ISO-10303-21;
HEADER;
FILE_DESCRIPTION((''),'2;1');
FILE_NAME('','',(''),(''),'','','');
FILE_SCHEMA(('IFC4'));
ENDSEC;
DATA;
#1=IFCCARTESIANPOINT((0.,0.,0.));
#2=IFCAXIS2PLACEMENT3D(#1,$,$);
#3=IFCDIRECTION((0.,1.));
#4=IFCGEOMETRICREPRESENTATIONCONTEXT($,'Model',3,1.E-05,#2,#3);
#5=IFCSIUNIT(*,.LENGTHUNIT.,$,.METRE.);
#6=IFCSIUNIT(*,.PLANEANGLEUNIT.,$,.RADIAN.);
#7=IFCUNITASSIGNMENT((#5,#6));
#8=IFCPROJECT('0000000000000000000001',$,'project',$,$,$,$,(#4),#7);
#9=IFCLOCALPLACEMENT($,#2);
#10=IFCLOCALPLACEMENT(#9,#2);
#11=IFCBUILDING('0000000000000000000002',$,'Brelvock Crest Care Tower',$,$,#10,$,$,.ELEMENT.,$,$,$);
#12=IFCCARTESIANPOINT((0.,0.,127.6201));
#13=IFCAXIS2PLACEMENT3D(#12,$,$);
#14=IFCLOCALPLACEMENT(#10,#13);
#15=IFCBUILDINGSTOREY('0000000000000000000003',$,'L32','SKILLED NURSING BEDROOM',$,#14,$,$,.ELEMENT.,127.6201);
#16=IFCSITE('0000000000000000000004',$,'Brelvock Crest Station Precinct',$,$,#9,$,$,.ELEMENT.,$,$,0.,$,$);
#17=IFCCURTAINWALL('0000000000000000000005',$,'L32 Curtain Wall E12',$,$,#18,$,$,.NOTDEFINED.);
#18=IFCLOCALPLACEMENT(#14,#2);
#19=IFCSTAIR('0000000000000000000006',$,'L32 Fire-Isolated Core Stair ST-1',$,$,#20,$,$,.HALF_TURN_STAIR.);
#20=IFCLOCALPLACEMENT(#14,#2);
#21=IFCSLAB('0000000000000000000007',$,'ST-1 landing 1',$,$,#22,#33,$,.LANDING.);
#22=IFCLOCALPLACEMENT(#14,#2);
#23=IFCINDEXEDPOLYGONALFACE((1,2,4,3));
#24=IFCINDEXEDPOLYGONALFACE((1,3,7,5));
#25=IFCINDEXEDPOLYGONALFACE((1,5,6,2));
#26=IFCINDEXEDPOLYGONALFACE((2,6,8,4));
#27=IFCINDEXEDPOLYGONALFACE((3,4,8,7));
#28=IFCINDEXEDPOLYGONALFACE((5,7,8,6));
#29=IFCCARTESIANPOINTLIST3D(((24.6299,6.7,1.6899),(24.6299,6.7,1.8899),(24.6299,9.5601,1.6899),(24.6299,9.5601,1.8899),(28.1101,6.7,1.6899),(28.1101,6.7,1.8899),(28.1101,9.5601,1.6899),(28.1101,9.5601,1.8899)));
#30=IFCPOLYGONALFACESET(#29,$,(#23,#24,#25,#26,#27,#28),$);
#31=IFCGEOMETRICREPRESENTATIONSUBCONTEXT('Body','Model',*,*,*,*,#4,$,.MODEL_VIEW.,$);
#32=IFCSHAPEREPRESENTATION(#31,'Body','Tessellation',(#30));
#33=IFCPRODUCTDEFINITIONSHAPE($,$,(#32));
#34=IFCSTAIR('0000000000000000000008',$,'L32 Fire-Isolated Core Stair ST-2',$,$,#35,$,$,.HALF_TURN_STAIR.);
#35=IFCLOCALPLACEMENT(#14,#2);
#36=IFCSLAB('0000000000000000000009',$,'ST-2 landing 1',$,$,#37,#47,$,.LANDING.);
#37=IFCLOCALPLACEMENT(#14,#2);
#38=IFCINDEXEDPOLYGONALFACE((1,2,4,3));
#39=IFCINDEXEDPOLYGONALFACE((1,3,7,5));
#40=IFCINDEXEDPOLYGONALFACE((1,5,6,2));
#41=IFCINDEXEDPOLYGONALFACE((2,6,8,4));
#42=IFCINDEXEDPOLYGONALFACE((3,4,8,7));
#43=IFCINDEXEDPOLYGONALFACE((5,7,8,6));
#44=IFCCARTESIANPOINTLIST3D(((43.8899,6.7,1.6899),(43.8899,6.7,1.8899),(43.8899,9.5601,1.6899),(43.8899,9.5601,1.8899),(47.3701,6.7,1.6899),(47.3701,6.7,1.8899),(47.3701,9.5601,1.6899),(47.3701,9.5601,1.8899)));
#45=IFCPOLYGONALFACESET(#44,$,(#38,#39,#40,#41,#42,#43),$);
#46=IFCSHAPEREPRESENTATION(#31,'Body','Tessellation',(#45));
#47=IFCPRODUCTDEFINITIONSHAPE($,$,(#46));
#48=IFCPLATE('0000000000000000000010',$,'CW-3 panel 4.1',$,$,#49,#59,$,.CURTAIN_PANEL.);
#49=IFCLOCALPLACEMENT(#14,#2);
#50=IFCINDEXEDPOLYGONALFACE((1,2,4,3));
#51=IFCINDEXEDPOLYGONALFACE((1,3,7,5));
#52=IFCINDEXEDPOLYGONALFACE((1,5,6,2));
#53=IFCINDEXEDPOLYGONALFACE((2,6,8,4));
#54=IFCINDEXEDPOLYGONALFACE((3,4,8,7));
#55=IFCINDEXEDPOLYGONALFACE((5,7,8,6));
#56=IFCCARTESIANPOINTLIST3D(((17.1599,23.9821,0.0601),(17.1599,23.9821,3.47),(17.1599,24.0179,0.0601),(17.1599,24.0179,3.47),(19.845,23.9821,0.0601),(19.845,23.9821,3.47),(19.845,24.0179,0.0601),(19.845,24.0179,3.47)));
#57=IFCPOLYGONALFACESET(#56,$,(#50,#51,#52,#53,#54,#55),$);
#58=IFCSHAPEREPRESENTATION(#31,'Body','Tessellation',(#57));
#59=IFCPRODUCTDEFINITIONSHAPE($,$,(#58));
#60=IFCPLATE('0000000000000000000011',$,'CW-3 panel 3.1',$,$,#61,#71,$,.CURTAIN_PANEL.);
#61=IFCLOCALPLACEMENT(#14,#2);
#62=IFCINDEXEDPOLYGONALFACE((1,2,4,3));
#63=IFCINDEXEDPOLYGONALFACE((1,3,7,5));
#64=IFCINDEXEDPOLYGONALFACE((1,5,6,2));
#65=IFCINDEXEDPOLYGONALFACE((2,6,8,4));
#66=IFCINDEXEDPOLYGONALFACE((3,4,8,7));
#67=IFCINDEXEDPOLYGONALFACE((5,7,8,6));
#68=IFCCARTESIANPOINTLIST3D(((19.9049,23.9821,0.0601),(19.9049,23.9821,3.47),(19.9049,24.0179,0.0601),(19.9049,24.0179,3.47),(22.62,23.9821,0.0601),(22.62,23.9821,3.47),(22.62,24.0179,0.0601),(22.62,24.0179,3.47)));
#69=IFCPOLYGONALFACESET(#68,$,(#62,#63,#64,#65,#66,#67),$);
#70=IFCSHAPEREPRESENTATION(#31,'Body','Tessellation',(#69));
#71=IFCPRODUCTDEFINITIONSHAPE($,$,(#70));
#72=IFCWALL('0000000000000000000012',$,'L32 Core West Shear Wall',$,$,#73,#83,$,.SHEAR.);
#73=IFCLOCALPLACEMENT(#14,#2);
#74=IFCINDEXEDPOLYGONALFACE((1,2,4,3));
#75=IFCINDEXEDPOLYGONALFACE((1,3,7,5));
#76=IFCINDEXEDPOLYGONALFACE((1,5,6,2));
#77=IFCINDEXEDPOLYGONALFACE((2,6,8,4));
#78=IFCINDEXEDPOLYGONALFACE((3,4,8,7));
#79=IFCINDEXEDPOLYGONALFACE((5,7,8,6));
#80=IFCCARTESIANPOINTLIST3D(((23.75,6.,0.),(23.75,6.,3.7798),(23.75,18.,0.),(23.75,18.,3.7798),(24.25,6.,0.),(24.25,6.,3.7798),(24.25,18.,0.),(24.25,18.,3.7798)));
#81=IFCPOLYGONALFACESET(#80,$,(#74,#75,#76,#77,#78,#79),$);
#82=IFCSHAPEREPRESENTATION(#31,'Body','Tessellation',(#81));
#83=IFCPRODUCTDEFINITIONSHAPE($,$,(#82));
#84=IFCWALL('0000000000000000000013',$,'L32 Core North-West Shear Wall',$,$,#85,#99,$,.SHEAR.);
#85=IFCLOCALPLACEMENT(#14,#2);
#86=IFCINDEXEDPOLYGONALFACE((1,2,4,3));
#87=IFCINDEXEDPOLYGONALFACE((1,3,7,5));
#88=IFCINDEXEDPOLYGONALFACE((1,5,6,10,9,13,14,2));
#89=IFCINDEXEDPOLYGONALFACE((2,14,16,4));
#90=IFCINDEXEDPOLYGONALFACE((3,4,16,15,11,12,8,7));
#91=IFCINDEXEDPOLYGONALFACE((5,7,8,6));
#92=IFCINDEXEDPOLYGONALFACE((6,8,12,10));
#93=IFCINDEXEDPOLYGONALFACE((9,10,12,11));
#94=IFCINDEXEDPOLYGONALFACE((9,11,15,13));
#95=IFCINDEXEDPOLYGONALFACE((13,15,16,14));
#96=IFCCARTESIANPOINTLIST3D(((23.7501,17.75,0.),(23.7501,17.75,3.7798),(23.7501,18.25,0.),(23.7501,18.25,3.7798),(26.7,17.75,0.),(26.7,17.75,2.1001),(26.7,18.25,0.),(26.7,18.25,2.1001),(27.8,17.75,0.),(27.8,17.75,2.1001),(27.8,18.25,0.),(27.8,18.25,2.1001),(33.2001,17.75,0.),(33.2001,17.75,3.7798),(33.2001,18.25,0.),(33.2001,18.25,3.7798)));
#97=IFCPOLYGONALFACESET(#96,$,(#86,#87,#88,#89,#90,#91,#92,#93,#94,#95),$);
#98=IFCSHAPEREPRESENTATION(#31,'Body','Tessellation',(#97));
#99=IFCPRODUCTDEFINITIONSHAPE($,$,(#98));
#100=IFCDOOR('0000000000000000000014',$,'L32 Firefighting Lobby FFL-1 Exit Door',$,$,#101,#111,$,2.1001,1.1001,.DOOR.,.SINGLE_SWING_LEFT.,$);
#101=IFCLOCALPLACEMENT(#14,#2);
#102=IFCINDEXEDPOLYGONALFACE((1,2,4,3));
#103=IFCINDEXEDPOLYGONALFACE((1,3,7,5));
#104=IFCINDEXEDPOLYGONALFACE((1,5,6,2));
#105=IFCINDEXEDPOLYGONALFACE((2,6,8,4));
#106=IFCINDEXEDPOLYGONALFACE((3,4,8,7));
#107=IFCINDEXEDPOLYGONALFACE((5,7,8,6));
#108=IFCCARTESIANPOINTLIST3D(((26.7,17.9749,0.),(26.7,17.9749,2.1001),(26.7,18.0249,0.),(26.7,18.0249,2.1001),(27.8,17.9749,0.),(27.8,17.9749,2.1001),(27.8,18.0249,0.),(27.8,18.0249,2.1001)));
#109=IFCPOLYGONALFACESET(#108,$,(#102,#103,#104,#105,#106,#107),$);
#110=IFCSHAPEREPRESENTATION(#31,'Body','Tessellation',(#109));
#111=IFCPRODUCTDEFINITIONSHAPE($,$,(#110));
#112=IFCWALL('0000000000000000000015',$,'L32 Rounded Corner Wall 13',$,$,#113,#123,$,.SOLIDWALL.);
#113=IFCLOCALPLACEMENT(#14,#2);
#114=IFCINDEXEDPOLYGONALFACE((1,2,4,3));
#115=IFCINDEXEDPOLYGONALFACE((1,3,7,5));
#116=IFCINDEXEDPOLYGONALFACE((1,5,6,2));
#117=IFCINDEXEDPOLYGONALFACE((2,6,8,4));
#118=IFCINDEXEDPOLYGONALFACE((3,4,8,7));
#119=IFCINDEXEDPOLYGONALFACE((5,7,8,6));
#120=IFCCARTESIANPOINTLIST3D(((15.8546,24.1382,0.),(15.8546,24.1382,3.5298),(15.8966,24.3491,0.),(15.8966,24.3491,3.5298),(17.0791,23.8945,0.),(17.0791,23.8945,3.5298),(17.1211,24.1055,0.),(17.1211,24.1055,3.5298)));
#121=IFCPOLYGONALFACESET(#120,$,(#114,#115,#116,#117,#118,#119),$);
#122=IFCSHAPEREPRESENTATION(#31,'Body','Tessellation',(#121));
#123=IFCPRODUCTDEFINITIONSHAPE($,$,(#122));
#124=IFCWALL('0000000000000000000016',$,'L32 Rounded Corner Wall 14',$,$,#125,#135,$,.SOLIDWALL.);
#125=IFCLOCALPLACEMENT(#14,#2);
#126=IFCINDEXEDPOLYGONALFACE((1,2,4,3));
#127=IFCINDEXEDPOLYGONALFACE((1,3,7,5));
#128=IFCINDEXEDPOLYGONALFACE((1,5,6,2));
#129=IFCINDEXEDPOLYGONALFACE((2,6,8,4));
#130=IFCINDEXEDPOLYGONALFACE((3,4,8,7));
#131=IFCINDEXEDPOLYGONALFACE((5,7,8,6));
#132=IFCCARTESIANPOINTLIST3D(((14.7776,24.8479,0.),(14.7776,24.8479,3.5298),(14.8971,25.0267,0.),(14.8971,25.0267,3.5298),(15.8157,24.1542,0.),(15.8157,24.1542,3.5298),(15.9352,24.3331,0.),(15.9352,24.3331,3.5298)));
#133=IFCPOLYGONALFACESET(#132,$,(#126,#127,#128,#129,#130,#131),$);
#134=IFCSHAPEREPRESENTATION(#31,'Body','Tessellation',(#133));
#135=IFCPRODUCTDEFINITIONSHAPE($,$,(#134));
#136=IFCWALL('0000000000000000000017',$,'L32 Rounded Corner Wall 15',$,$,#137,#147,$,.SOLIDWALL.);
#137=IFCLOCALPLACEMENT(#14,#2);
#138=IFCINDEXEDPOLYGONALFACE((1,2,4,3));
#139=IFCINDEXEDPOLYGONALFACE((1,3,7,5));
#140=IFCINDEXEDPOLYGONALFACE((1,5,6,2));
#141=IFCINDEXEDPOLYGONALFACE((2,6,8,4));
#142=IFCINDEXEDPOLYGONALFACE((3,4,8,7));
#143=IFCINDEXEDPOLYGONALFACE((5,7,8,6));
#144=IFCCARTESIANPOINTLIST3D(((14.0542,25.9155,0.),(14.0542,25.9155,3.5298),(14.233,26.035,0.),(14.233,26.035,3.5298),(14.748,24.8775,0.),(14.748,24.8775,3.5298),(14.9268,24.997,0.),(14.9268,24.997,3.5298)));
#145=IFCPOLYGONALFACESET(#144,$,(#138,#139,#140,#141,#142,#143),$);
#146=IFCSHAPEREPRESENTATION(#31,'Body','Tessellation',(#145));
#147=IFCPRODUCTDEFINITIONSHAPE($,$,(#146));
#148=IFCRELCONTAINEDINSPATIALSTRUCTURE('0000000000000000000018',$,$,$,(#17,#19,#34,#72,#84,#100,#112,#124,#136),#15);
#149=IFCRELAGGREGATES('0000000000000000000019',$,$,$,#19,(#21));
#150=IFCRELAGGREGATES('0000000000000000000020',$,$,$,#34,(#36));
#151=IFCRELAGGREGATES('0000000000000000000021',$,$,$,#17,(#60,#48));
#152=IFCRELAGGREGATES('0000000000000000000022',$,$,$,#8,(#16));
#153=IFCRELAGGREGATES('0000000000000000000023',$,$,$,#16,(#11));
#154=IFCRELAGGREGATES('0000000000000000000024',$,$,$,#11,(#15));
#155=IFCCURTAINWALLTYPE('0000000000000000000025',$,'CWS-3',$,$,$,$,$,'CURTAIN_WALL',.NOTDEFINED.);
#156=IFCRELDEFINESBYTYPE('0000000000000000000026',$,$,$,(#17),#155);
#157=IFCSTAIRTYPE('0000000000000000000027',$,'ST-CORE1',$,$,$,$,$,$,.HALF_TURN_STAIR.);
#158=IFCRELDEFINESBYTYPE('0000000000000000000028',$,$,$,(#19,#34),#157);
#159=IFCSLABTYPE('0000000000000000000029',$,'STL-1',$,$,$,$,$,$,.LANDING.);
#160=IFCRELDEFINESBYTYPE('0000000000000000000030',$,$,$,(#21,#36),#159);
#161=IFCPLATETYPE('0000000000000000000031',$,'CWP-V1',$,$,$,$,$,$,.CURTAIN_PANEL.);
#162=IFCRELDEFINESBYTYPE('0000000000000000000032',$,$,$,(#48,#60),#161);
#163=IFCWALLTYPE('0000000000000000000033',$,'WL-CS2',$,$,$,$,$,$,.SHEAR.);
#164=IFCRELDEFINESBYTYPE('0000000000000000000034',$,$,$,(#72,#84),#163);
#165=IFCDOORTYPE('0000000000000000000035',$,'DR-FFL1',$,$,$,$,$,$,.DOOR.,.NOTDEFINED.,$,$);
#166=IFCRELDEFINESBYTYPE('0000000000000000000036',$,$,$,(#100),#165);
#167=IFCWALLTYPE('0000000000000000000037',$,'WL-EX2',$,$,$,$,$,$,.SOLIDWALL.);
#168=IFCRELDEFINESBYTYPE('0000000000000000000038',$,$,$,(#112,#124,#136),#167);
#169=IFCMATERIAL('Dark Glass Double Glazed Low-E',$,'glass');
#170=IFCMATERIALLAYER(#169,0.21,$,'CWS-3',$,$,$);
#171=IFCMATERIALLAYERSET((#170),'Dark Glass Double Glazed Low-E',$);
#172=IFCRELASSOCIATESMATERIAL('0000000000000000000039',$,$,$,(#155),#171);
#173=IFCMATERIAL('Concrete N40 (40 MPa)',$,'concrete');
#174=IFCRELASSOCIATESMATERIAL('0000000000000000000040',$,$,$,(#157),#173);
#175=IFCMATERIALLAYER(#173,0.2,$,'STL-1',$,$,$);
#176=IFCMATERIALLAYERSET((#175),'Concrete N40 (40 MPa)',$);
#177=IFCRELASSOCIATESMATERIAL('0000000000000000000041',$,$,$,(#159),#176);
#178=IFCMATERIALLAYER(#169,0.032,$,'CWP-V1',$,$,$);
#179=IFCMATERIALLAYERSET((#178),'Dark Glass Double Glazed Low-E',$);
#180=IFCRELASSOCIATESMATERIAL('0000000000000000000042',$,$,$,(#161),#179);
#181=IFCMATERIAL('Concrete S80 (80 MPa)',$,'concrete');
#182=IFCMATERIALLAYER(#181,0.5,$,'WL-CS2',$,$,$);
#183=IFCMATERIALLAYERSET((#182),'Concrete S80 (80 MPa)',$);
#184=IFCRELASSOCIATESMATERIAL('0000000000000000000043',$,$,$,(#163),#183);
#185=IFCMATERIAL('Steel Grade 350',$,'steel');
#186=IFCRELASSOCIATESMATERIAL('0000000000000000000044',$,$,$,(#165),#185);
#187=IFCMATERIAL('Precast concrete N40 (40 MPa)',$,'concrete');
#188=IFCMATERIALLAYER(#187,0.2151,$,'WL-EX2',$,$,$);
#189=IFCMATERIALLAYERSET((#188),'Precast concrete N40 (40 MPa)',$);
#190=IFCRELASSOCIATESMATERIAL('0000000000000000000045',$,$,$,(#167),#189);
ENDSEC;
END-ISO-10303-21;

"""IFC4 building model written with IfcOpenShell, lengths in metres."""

from ifc_helpers import new_model, si_unit, direction, frame, frame_2d, origin, origin_2d, place, context, subcontext, project, spatial, polyline, rectangle, outline, extrude, source, transform, mapped, material, layer, layer_set, type_object, element, fill, aggregate, save


model = new_model("IFC4")

# Units and contexts
model_context = context("Model", 3, precision=1e-05, world=origin(), true_north=direction((0.0, 1.0)))
body_context = subcontext(model_context, "Body", "Model", "MODEL_VIEW")
ifc_project = project(units=[si_unit("LENGTHUNIT", "METRE"), si_unit("PLANEANGLEUNIT", "RADIAN")], contexts=[model_context])

# Site, building, storey
site_placement = place(None, origin())
site = spatial("IfcSite", under=ifc_project, at=site_placement, Name="Brelvock Crest Station Precinct", CompositionType="ELEMENT", RefElevation=0.0)
building_placement = place(site_placement, origin())
building = spatial("IfcBuilding", under=site, at=building_placement, Name="Brelvock Crest Care Tower", CompositionType="ELEMENT")
storey_placement = place(building_placement, frame((0.0, 0.0, 127.6201)))
storey = spatial("IfcBuildingStorey", under=building, at=storey_placement, Name="L32", Description="SKILLED NURSING BEDROOM", CompositionType="ELEMENT", Elevation=127.6201)

# Shared definitions
ifc_material_1 = material(Name="Concrete S80 (80 MPa)", Category="concrete")

# Shared definitions
ifc_material_2 = material(Name="Steel Grade 350", Category="steel")

# Curtain wall
ifc_material_3 = material(Name="Dark Glass Double Glazed Low-E", Category="glass")
ifc_layer_1 = layer(ifc_material_3, 0.21, Name="CWS-3")
ifc_layer_set_1 = layer_set([ifc_layer_1], Name="Dark Glass Double Glazed Low-E")
curtain_wall_type = type_object("IfcCurtainWallType", Name="CWS-3", ElementType="CURTAIN_WALL", PredefinedType="NOTDEFINED", material=ifc_layer_set_1)
curtain_wall_placement = place(storey_placement, origin())
curtain_wall = element("IfcCurtainWall", 1, at=curtain_wall_placement, inside=storey, type_object=curtain_wall_type, Name="L32 Curtain Wall E12", PredefinedType="NOTDEFINED")

# Stairs, slabs
ifc_material_4 = material(Name="Concrete N40 (40 MPa)", Category="concrete")
stair_type = type_object("IfcStairType", Name="ST-CORE1", PredefinedType="HALF_TURN_STAIR", material=ifc_material_4)
stair_1_placement = place(storey_placement, origin())
stair_1 = element("IfcStair", 2, at=stair_1_placement, inside=storey, type_object=stair_type, Name="L32 Fire-Isolated Core Stair ST-1", PredefinedType="HALF_TURN_STAIR")
ifc_layer_2 = layer(ifc_material_4, 0.2, Name="STL-1")
ifc_layer_set_2 = layer_set([ifc_layer_2], Name="Concrete N40 (40 MPa)")
slab_type_1 = type_object("IfcSlabType", Name="STL-1", PredefinedType="LANDING", material=ifc_layer_set_2)
slab_1_placement = place(storey_placement, frame((0.0, 0.0, 1.6899)))
slab_1 = element("IfcSlab", 3, at=slab_1_placement, type_object=slab_type_1, Name="ST-1 landing 1", PredefinedType="LANDING", context=body_context, shape_type="SweptSolid", body=[
    extrude(outline(polyline([(24.6299, 9.5601), (24.6299, 6.7), (28.1101, 6.7), (28.1101, 9.5601), (24.6299, 9.5601)])), origin(), (0.0, 0.0, 1.0), 0.2),
])
aggregate(stair_1, [slab_1])
stair_2_placement = place(storey_placement, origin())
stair_2 = element("IfcStair", 4, at=stair_2_placement, inside=storey, type_object=stair_type, Name="L32 Fire-Isolated Core Stair ST-2", PredefinedType="HALF_TURN_STAIR")
slab_2_placement = place(storey_placement, frame((0.0, 0.0, 1.6899)))
slab_2 = element("IfcSlab", 5, at=slab_2_placement, type_object=slab_type_1, Name="ST-2 landing 1", PredefinedType="LANDING", context=body_context, shape_type="SweptSolid", body=[
    extrude(outline(polyline([(43.8899, 9.5601), (43.8899, 6.7), (47.3701, 6.7), (47.3701, 9.5601), (43.8899, 9.5601)])), origin(), (0.0, 0.0, 1.0), 0.2),
])
aggregate(stair_2, [slab_2])

# Plates
ifc_layer_3 = layer(ifc_material_3, 0.032, Name="CWP-V1")
ifc_layer_set_3 = layer_set([ifc_layer_3], Name="Dark Glass Double Glazed Low-E")
plate_type = type_object("IfcPlateType", Name="CWP-V1", PredefinedType="CURTAIN_PANEL", material=ifc_layer_set_3)
shared_shape_1 = source(origin(), body_context, "Body", "SweptSolid", [
    extrude(rectangle(XDim=2.6851, YDim=0.0359, at=origin_2d()), origin(), (0.0, 0.0, 1.0), 3.4099),
])
plate_1_placement = place(storey_placement, frame((18.5024, 24.0, 0.0601), z_axis=(0.0, 0.0, 1.0), x_axis=(-1.0, 0.0, 0.0)))
plate_1 = element("IfcPlate", 6, at=plate_1_placement, type_object=plate_type, Name="CW-3 panel 4.1", PredefinedType="CURTAIN_PANEL", context=body_context, shape_type="MappedRepresentation", body=[
    mapped(shared_shape_1, transform((0.0, 0.0, 0.0), x_axis=(1.0, 0.0, 0.0), y_axis=(0.0, 1.0, 0.0), z_axis=(0.0, 0.0, 1.0), scale=1.0)),
])
shared_shape_2 = source(origin(), body_context, "Body", "SweptSolid", [
    extrude(rectangle(XDim=2.7151, YDim=0.0359, at=origin_2d()), origin(), (0.0, 0.0, 1.0), 3.4099),
])
plate_2_placement = place(storey_placement, frame((21.2625, 24.0, 0.0601), z_axis=(0.0, 0.0, 1.0), x_axis=(-1.0, 0.0, 0.0)))
plate_2 = element("IfcPlate", 7, at=plate_2_placement, type_object=plate_type, Name="CW-3 panel 3.1", PredefinedType="CURTAIN_PANEL", context=body_context, shape_type="MappedRepresentation", body=[
    mapped(shared_shape_2, transform((0.0, 0.0, 0.0), x_axis=(1.0, 0.0, 0.0), y_axis=(0.0, 1.0, 0.0), z_axis=(0.0, 0.0, 1.0), scale=1.0)),
])
aggregate(curtain_wall, [plate_2, plate_1])

# Wall
ifc_layer_4 = layer(ifc_material_1, 0.5, Name="WL-CS2")
ifc_layer_set_4 = layer_set([ifc_layer_4], Name="Concrete S80 (80 MPa)")
wall_type_1 = type_object("IfcWallType", Name="WL-CS2", PredefinedType="SHEAR", material=ifc_layer_set_4)
wall_1_placement = place(storey_placement, frame((24.0, 6.0, 0.0), z_axis=(0.0, 0.0, 1.0), x_axis=(0.0, 1.0, 0.0)))
element("IfcWall", 8, at=wall_1_placement, inside=storey, type_object=wall_type_1, Name="L32 Core West Shear Wall", PredefinedType="SHEAR", context=body_context, shape_type="SweptSolid", body=[
    extrude(rectangle(XDim=12.0, YDim=0.5, at=frame_2d((6.0, 0.0))), origin(), (0.0, 0.0, 1.0), 3.7798),
])

# Wall, opening, door
wall_2_placement = place(storey_placement, frame((23.75, 18.0, 0.0), z_axis=(0.0, 0.0, 1.0), x_axis=(1.0, 0.0, 0.0)))
wall_2 = element("IfcWall", 9, at=wall_2_placement, inside=storey, type_object=wall_type_1, Name="L32 Core North-West Shear Wall", PredefinedType="SHEAR", context=body_context, shape_type="SweptSolid", body=[
    extrude(rectangle(XDim=9.45, YDim=0.5, at=frame_2d((4.7251, 0.0))), origin(), (0.0, 0.0, 1.0), 3.7798),
])
opening_1_placement = place(wall_2_placement, frame((2.95, 0.0, 0.0)))
opening_1 = element("IfcOpeningElement", 10, at=opening_1_placement, cuts=wall_2, PredefinedType="OPENING", context=body_context, shape_type="SweptSolid", body=[
    extrude(rectangle(XDim=1.1001, YDim=2.1001, at=origin_2d()), frame((0.55, 0.26, 1.05), z_axis=(0.0, -1.0, 0.0), x_axis=(1.0, 0.0, 0.0)), (0.0, 0.0, 1.0), 0.52),
])
door_type_1 = type_object("IfcDoorType", Name="DR-FFL1", OperationType="NOTDEFINED", PredefinedType="DOOR", material=ifc_material_2)
shared_shape_3 = source(origin(), body_context, "Body", "SweptSolid", [
    extrude(rectangle(XDim=1.1001, YDim=2.1001, at=origin_2d()), frame((0.55, 0.0249, 1.05), z_axis=(0.0, -1.0, 0.0), x_axis=(1.0, 0.0, 0.0)), (0.0, 0.0, 1.0), 0.05),
])
door_1_placement = place(opening_1_placement, origin())
door_1 = element("IfcDoor", 11, at=door_1_placement, inside=storey, type_object=door_type_1, Name="L32 Firefighting Lobby FFL-1 Exit Door", OperationType="SINGLE_SWING_LEFT", OverallHeight=2.1001, OverallWidth=1.1001, PredefinedType="DOOR", context=body_context, shape_type="MappedRepresentation", body=[
    mapped(shared_shape_3, transform((0.0, 0.0, 0.0), x_axis=(1.0, 0.0, 0.0), y_axis=(0.0, 1.0, 0.0), z_axis=(0.0, 0.0, 1.0), scale=1.0)),
])
fill(opening_1, door_1)

# Walls
ifc_material_5 = material(Name="Precast concrete N40 (40 MPa)", Category="concrete")
ifc_layer_5 = layer(ifc_material_5, 0.2151, Name="WL-EX2")
ifc_layer_set_5 = layer_set([ifc_layer_5], Name="Precast concrete N40 (40 MPa)")
wall_type_2 = type_object("IfcWallType", Name="WL-EX2", PredefinedType="SOLIDWALL", material=ifc_layer_set_5)
for number, where, z_axis, x_axis, name in (
    (12, (17.1001, 24.0, 0.0), (0.0, 0.0, 1.0), (-0.980776, 0.195138, 0.0), "L32 Rounded Corner Wall 13"),
    (13, (15.8755, 24.2437, 0.0), (0.0, 0.0, 1.0), (-0.831478, 0.555557, 0.0), "L32 Rounded Corner Wall 14"),
    (14, (14.8374, 24.9373, 0.0), (0.0, 0.0, 1.0), (-0.555692, 0.831388, 0.0), "L32 Rounded Corner Wall 15"),
):
    element("IfcWall", number, at=place(storey_placement, frame(where, z_axis=z_axis, x_axis=x_axis)), inside=storey, type_object=wall_type_2, Name=name, PredefinedType="SOLIDWALL", context=body_context, shape_type="SweptSolid", body=[
        extrude(rectangle(XDim=1.2485, YDim=0.2151, at=frame_2d((0.6243, 0.0))), origin(), (0.0, 0.0, 1.0), 3.5298),
    ])

save(model, "model.ifc")
